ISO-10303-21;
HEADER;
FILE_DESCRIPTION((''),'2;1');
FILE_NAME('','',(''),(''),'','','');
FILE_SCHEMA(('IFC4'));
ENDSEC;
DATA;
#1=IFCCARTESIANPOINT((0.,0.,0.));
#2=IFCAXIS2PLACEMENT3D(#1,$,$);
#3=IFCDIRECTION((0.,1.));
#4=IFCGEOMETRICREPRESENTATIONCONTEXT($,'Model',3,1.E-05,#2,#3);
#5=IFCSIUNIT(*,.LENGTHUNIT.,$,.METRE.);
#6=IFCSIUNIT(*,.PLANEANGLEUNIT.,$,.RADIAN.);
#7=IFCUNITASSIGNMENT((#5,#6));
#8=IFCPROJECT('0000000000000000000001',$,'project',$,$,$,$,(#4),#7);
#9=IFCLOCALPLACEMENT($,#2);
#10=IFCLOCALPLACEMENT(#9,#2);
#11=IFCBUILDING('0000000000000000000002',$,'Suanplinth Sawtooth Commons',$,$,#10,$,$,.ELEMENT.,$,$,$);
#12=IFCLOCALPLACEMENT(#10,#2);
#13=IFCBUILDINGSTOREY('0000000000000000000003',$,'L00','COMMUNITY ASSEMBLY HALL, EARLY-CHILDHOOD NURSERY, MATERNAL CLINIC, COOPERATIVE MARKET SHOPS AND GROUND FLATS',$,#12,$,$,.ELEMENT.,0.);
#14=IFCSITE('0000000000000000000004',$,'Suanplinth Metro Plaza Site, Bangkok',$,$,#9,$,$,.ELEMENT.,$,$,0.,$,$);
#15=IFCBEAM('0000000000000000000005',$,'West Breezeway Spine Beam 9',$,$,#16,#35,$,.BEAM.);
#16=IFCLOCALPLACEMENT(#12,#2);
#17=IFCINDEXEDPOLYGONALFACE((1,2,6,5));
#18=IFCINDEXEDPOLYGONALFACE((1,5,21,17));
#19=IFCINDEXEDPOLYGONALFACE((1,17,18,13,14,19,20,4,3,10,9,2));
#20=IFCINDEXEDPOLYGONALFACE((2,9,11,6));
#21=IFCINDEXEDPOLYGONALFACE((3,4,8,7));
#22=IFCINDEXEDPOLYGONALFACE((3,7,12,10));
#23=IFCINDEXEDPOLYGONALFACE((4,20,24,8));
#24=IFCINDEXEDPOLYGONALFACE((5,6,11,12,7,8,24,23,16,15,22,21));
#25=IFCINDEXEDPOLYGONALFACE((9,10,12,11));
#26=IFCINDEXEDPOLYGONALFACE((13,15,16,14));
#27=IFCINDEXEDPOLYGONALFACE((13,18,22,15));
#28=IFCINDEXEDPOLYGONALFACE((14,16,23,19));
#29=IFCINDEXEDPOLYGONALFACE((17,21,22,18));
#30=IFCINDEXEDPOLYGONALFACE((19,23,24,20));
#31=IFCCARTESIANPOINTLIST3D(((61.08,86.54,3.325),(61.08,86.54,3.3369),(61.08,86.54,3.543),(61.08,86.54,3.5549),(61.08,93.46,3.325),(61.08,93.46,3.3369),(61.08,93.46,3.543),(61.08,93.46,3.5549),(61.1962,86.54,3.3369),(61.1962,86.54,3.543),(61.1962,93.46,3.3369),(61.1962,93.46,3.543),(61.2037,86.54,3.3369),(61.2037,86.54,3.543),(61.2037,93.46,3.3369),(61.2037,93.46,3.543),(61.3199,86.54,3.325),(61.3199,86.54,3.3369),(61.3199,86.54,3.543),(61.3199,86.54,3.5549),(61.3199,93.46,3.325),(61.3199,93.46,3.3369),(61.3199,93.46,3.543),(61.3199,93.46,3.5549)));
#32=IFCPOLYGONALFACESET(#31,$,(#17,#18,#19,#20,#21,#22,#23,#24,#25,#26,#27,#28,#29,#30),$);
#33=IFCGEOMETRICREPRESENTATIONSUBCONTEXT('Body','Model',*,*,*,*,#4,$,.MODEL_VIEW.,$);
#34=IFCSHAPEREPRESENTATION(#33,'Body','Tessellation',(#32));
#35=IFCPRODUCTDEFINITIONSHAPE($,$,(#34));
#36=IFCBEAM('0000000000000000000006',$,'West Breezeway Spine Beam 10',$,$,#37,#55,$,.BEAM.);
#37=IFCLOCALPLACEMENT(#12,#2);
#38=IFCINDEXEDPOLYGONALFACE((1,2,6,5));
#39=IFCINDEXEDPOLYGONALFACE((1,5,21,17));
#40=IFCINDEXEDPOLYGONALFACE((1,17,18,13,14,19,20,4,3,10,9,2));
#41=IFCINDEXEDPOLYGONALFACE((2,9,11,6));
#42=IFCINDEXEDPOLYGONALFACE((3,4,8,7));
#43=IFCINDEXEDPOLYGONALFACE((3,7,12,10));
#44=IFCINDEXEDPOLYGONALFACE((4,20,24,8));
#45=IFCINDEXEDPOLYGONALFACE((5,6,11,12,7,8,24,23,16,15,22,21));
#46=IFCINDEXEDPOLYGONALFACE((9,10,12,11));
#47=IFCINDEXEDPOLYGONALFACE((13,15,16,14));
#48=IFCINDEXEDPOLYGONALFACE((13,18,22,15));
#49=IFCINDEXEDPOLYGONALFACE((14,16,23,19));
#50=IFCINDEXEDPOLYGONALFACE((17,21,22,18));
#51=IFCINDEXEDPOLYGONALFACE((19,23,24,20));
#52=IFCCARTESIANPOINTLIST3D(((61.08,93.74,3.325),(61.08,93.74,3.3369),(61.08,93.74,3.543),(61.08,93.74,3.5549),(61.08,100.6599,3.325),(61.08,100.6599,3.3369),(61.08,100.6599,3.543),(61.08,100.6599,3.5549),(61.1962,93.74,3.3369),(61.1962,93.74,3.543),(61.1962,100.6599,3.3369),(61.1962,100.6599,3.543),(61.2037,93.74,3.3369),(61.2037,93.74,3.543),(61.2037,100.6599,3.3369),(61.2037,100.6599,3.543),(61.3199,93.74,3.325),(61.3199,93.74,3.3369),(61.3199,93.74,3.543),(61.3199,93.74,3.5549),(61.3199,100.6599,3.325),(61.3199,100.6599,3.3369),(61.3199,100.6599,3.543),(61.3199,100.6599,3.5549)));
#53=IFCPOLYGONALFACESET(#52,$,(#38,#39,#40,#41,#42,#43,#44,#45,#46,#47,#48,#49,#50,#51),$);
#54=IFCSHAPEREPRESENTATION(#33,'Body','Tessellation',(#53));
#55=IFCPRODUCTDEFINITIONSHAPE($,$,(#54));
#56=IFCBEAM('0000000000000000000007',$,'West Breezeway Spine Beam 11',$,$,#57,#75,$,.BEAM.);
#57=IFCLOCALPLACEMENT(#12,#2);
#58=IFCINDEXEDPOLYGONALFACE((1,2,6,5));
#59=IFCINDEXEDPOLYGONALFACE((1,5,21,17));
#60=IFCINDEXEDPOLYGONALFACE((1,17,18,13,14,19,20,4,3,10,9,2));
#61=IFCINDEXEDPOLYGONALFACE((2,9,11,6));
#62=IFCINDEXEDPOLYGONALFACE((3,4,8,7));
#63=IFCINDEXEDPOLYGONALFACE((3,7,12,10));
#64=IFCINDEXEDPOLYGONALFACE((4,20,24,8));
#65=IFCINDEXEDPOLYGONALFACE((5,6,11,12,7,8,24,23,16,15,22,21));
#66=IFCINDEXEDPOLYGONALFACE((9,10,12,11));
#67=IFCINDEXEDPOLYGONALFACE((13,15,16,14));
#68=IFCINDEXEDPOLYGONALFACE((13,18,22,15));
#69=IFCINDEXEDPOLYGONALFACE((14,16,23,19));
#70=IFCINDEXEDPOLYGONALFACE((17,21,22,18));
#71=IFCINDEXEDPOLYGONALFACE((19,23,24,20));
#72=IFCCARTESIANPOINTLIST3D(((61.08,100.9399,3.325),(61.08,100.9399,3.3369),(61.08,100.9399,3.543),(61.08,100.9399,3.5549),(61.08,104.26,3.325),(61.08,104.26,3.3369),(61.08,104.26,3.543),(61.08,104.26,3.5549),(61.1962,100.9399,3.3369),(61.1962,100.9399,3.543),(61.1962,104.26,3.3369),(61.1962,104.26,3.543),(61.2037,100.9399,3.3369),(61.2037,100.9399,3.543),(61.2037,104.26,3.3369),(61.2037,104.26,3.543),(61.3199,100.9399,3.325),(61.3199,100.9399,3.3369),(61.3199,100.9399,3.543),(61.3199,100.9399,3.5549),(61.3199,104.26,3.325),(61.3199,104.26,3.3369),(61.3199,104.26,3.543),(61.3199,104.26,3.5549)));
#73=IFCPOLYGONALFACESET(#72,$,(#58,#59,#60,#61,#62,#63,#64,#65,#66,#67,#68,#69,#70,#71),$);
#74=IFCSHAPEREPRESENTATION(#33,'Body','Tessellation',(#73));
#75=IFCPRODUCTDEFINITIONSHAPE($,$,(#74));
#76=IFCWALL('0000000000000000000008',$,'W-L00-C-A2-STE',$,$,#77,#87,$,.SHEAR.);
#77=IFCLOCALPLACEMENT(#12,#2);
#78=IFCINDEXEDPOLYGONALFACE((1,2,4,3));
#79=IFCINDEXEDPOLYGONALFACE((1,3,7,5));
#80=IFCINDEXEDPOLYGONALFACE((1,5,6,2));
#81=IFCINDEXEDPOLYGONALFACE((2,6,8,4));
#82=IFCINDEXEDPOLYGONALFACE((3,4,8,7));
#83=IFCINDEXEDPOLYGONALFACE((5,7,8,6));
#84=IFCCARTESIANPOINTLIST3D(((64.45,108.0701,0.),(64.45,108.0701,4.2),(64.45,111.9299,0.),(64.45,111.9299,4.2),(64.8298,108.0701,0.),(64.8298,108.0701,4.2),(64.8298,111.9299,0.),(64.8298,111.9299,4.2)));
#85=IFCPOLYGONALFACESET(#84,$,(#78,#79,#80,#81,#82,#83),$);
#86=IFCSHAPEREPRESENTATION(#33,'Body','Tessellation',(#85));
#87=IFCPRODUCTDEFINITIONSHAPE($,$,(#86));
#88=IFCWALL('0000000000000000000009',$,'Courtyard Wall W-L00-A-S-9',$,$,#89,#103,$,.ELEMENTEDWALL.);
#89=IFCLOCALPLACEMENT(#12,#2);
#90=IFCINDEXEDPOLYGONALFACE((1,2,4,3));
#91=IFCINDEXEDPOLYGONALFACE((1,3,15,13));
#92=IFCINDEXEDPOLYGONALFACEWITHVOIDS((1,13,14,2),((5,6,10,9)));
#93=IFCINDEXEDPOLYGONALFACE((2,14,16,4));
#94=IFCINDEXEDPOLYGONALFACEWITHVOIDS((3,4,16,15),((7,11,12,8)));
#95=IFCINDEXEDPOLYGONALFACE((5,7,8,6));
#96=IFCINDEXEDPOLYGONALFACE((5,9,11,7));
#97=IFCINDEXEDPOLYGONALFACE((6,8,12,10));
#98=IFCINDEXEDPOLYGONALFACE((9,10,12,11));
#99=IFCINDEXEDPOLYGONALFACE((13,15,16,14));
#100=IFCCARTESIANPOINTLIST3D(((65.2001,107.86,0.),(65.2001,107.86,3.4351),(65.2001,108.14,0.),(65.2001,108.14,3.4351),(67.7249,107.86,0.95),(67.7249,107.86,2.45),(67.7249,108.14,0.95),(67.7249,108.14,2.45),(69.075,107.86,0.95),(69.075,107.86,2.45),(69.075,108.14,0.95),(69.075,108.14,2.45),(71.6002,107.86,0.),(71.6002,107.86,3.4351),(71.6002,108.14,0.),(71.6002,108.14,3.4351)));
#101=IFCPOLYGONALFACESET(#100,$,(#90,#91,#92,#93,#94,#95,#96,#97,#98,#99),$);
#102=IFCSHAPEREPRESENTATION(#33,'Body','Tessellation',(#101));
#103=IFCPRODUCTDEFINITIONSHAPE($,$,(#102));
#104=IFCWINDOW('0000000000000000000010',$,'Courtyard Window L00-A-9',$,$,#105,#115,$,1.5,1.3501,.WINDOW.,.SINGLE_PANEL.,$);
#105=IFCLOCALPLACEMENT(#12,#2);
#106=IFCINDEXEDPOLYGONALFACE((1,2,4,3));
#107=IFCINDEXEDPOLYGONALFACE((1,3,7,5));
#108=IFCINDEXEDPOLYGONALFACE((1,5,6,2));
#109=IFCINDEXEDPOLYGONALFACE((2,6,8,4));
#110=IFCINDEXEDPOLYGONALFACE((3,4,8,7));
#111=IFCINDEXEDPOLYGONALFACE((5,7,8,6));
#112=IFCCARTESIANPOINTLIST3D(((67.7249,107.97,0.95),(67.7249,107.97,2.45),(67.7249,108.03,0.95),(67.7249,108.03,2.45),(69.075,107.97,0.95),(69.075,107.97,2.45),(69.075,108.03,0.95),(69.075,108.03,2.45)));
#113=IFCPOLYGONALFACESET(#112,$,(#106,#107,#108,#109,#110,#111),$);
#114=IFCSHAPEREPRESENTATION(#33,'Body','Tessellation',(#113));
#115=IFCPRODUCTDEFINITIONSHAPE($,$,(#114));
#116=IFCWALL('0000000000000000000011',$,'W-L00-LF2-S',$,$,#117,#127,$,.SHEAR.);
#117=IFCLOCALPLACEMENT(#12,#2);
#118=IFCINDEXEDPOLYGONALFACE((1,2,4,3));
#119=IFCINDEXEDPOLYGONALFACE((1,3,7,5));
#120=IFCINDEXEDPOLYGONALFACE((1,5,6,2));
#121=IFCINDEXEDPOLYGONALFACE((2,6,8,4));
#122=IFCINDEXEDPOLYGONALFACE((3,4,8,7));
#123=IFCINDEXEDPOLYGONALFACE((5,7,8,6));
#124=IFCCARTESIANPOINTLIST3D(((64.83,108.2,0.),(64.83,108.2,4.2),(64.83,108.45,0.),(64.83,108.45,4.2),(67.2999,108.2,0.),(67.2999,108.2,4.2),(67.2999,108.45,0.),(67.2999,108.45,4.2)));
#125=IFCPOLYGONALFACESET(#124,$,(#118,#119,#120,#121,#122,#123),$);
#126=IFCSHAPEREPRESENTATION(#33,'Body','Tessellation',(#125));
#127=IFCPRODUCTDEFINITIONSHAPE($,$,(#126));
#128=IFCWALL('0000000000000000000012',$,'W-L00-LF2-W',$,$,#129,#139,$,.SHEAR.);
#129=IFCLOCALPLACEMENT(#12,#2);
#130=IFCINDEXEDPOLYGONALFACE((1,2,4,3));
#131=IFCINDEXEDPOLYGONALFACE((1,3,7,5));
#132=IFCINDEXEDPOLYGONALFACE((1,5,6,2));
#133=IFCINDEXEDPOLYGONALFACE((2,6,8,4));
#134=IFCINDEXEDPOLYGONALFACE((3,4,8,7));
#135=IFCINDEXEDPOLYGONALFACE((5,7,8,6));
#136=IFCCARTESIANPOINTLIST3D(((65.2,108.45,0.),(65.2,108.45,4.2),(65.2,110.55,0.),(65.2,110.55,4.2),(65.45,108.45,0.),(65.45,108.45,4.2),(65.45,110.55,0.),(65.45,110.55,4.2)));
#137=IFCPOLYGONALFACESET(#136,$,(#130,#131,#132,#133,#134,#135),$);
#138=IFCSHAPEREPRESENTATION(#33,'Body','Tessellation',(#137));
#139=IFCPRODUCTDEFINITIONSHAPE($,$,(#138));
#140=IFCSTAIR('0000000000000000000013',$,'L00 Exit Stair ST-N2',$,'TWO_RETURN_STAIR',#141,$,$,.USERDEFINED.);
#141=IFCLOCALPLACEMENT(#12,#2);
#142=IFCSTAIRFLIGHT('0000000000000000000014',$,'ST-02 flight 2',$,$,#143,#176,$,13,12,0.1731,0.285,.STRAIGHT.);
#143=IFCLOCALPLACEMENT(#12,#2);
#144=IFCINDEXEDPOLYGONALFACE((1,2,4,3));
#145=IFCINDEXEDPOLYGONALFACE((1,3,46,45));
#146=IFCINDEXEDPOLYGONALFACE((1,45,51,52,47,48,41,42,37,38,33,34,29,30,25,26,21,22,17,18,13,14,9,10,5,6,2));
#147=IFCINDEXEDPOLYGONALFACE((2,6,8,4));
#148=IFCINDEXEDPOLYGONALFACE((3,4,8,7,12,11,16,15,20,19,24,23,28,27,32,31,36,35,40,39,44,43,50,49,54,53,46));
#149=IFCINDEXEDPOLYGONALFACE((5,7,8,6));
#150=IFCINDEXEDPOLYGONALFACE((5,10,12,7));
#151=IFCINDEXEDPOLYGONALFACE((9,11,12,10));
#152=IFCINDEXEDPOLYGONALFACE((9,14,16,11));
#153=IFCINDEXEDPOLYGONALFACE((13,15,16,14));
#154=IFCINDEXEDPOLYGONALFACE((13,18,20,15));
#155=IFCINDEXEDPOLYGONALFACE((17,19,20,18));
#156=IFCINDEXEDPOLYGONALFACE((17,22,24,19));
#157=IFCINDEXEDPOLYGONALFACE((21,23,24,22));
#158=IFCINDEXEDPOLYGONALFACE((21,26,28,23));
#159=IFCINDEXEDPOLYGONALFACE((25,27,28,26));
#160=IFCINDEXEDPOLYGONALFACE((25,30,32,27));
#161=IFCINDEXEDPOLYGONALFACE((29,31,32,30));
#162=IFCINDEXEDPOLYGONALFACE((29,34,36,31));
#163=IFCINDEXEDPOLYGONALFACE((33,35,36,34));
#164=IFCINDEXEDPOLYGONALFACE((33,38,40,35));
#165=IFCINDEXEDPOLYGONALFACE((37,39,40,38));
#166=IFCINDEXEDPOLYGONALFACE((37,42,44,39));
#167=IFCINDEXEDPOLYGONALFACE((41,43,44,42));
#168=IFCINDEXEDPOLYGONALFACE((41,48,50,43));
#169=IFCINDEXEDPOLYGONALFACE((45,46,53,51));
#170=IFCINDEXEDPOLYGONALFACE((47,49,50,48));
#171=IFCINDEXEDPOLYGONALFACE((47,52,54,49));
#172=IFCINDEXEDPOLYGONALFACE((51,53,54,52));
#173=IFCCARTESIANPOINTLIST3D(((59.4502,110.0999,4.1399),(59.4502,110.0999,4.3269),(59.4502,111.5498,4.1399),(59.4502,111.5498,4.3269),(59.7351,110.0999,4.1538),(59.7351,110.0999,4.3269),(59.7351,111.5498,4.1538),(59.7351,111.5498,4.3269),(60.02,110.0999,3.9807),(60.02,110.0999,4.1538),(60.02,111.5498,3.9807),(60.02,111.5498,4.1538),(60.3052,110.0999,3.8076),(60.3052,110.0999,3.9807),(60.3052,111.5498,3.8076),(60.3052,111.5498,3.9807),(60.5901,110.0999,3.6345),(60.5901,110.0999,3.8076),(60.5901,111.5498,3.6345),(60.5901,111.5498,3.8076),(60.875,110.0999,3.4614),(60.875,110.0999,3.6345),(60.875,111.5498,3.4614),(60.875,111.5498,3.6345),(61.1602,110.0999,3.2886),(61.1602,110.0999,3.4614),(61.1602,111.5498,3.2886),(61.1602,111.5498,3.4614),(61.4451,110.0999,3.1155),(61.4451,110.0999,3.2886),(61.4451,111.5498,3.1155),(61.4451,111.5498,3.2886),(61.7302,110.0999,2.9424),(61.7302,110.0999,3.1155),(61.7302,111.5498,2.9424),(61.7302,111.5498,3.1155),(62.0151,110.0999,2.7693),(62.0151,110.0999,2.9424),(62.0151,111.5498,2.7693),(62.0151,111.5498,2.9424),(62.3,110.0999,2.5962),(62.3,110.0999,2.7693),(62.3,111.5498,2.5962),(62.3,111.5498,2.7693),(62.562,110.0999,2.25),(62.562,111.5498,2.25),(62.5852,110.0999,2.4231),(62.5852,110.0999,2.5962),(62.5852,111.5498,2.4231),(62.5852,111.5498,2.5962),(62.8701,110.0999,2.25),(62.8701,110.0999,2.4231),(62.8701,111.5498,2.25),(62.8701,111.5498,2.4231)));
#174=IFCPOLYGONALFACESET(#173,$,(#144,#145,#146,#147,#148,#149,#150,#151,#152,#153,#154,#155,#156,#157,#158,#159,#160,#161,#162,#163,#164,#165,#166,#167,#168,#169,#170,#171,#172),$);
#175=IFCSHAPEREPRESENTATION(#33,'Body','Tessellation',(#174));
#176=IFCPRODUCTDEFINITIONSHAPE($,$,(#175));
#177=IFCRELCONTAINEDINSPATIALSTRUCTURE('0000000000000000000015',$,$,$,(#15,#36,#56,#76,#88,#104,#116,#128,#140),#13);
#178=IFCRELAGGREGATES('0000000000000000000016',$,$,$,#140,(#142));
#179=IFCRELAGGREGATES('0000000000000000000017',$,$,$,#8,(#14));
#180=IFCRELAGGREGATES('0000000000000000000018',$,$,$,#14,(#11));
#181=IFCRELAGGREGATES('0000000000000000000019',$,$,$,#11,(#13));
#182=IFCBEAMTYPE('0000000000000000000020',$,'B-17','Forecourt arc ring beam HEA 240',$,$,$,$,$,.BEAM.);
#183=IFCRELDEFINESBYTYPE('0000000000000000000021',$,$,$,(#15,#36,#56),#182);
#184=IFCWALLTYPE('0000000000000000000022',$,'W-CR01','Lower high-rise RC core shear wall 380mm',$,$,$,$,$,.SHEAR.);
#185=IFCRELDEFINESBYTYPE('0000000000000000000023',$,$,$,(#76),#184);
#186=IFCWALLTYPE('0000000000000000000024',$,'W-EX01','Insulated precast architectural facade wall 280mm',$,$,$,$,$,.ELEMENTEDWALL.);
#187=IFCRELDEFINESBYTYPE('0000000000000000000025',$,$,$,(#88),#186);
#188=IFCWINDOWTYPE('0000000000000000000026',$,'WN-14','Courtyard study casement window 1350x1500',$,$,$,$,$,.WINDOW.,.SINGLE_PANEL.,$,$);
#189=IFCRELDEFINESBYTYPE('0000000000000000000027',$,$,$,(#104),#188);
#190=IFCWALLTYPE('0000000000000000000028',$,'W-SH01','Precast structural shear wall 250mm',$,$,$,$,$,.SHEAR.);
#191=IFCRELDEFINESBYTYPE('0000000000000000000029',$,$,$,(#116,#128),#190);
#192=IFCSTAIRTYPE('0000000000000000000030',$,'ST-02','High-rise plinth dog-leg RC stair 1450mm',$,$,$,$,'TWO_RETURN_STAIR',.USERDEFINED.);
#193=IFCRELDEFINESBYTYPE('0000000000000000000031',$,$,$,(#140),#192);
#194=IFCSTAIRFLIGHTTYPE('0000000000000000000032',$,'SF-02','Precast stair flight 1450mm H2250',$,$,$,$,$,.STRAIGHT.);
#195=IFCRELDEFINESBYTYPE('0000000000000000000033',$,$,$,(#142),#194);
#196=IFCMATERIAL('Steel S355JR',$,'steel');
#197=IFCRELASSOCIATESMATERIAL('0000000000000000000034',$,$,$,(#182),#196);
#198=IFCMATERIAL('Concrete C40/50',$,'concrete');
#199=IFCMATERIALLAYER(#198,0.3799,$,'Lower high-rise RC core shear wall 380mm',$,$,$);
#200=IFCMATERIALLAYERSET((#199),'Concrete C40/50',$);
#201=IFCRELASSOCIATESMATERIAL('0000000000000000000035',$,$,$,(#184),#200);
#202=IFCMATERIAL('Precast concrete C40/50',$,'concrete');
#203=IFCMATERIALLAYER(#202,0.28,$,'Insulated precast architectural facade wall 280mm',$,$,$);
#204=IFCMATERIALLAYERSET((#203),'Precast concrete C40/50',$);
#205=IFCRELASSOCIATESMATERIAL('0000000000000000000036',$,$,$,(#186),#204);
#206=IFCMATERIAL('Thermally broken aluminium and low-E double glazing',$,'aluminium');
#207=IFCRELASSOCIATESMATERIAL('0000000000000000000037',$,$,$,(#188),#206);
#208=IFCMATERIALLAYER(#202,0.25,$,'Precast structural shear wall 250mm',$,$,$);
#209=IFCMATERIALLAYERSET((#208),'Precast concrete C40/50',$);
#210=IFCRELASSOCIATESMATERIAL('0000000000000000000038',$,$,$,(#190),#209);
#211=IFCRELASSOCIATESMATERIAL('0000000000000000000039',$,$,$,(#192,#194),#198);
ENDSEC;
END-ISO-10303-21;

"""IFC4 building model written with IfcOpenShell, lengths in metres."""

from ifc_helpers import new_model, si_unit, direction, frame, frame_2d, origin, origin_2d, place, context, subcontext, project, spatial, polyline, rectangle, i_section, outline, extrude, material, layer, layer_set, material_profile, profile_set, type_object, element, fill, aggregate, save


model = new_model("IFC4")

# Units and contexts
model_context = context("Model", 3, precision=1e-05, world=origin(), true_north=direction((0.0, 1.0)))
body_context = subcontext(model_context, "Body", "Model", "MODEL_VIEW")
ifc_project = project(units=[si_unit("LENGTHUNIT", "METRE"), si_unit("PLANEANGLEUNIT", "RADIAN")], contexts=[model_context])

# Site, building, storey
site_placement = place(None, origin())
site = spatial("IfcSite", under=ifc_project, at=site_placement, Name="Suanplinth Metro Plaza Site, Bangkok", CompositionType="ELEMENT", RefElevation=0.0)
building_placement = place(site_placement, origin())
building = spatial("IfcBuilding", under=site, at=building_placement, Name="Suanplinth Sawtooth Commons", CompositionType="ELEMENT")
storey_placement = place(building_placement, origin())
storey = spatial("IfcBuildingStorey", under=building, at=storey_placement, Name="L00", Description="COMMUNITY ASSEMBLY HALL, EARLY-CHILDHOOD NURSERY, MATERNAL CLINIC, COOPERATIVE MARKET SHOPS AND GROUND FLATS", CompositionType="ELEMENT", Elevation=0.0)

# Shared definitions
ifc_material_1 = material(Name="Concrete C40/50", Category="concrete")
ifc_material_2 = material(Name="Steel S355JR", Category="steel")

# Beams
ifc_material_profile_1 = material_profile(ifc_material_2, i_section(OverallWidth=0.24, OverallDepth=0.23, WebThickness=0.0076, FlangeThickness=0.012, at=origin_2d()), Name="HEA 240")
ifc_profile_set_1 = profile_set([ifc_material_profile_1], Name="Steel S355JR")
beam_type_1 = type_object("IfcBeamType", Name="B-17", Description="Forecourt arc ring beam HEA 240", PredefinedType="BEAM", material=ifc_profile_set_1)
for number, where, z_axis, x_axis, name in (
    (1, (61.2, 86.54, 3.4399), (0.0, 1.0, 0.0), (-1.0, 0.0, 0.0), "West Breezeway Spine Beam 9"),
    (2, (61.2, 93.74, 3.4399), (0.0, 1.0, 0.0), (-1.0, 0.0, 0.0), "West Breezeway Spine Beam 10"),
):
    element("IfcBeam", number, at=place(storey_placement, frame(where, z_axis=z_axis, x_axis=x_axis)), inside=storey, type_object=beam_type_1, Name=name, PredefinedType="BEAM", context=body_context, shape_type="SweptSolid", body=[
        extrude(i_section(OverallWidth=0.24, OverallDepth=0.23, WebThickness=0.0076, FlangeThickness=0.012, at=origin_2d()), origin(), (0.0, 0.0, 1.0), 6.9199),
    ])
beam_placement = place(storey_placement, frame((61.2, 100.9399, 3.4399), z_axis=(0.0, 1.0, 0.0), x_axis=(-1.0, 0.0, 0.0)))
element("IfcBeam", 3, at=beam_placement, inside=storey, type_object=beam_type_1, Name="West Breezeway Spine Beam 11", PredefinedType="BEAM", context=body_context, shape_type="SweptSolid", body=[
    extrude(i_section(OverallWidth=0.24, OverallDepth=0.23, WebThickness=0.0076, FlangeThickness=0.012, at=origin_2d()), origin(), (0.0, 0.0, 1.0), 3.3201),
])

# Wall
ifc_layer_1 = layer(ifc_material_1, 0.3799, Name="Lower high-rise RC core shear wall 380mm")
ifc_layer_set_1 = layer_set([ifc_layer_1], Name="Concrete C40/50")
wall_type_1 = type_object("IfcWallType", Name="W-CR01", Description="Lower high-rise RC core shear wall 380mm", PredefinedType="SHEAR", material=ifc_layer_set_1)
wall_1_placement = place(storey_placement, frame((64.6399, 108.0701, 0.0), z_axis=(0.0, 0.0, 1.0), x_axis=(0.0, 1.0, 0.0)))
element("IfcWall", 4, at=wall_1_placement, inside=storey, type_object=wall_type_1, Name="W-L00-C-A2-STE", PredefinedType="SHEAR", context=body_context, shape_type="SweptSolid", body=[
    extrude(rectangle(XDim=3.8599, YDim=0.3799, at=frame_2d((1.9299, 0.0))), origin(), (0.0, 0.0, 1.0), 4.2),
])

# Wall, opening, window
ifc_material_3 = material(Name="Precast concrete C40/50", Category="concrete")
ifc_layer_2 = layer(ifc_material_3, 0.28, Name="Insulated precast architectural facade wall 280mm")
ifc_layer_set_2 = layer_set([ifc_layer_2], Name="Precast concrete C40/50")
wall_type_2 = type_object("IfcWallType", Name="W-EX01", Description="Insulated precast architectural facade wall 280mm", PredefinedType="ELEMENTEDWALL", material=ifc_layer_set_2)
wall_2_placement = place(storey_placement, frame((65.2, 108.0, 0.0), z_axis=(0.0, 0.0, 1.0), x_axis=(1.0, 0.0, 0.0)))
wall_2 = element("IfcWall", 5, at=wall_2_placement, inside=storey, type_object=wall_type_2, Name="Courtyard Wall W-L00-A-S-9", PredefinedType="ELEMENTEDWALL", context=body_context, shape_type="SweptSolid", body=[
    extrude(rectangle(XDim=6.4001, YDim=0.28, at=frame_2d((3.2002, 0.0))), origin(), (0.0, 0.0, 1.0), 3.4351),
])
opening_1_placement = place(wall_2_placement, frame((2.5249, 0.0, 0.95)))
opening_1 = element("IfcOpeningElement", 6, at=opening_1_placement, cuts=wall_2, PredefinedType="OPENING", context=body_context, shape_type="SweptSolid", body=[
    extrude(rectangle(XDim=1.3501, YDim=1.5, at=frame_2d((0.675, 0.75))), frame((0.0, 0.1548, 0.0), z_axis=(0.0, -1.0, 0.0), x_axis=(1.0, 0.0, 0.0)), (0.0, 0.0, 1.0), 0.3098),
])
ifc_material_4 = material(Name="Thermally broken aluminium and low-E double glazing", Category="aluminium")
window_type = type_object("IfcWindowType", Name="WN-14", Description="Courtyard study casement window 1350x1500", PartitioningType="SINGLE_PANEL", PredefinedType="WINDOW", material=ifc_material_4)
window_placement = place(opening_1_placement, origin())
window = element("IfcWindow", 7, at=window_placement, inside=storey, type_object=window_type, Name="Courtyard Window L00-A-9", OverallHeight=1.5, OverallWidth=1.3501, PartitioningType="SINGLE_PANEL", PredefinedType="WINDOW", context=body_context, shape_type="SweptSolid", body=[
    extrude(rectangle(XDim=1.3501, YDim=1.5, at=frame_2d((0.675, 0.75))), frame((0.0, 0.03, 0.0), z_axis=(0.0, -1.0, 0.0), x_axis=(1.0, 0.0, 0.0)), (0.0, 0.0, 1.0), 0.0601),
])
fill(opening_1, window)

# Wall
ifc_layer_3 = layer(ifc_material_3, 0.25, Name="Precast structural shear wall 250mm")
ifc_layer_set_3 = layer_set([ifc_layer_3], Name="Precast concrete C40/50")
wall_type_3 = type_object("IfcWallType", Name="W-SH01", Description="Precast structural shear wall 250mm", PredefinedType="SHEAR", material=ifc_layer_set_3)
wall_3_placement = place(storey_placement, frame((64.8301, 108.325, 0.0), z_axis=(0.0, 0.0, 1.0), x_axis=(1.0, 0.0, 0.0)))
element("IfcWall", 8, at=wall_3_placement, inside=storey, type_object=wall_type_3, Name="W-L00-LF2-S", PredefinedType="SHEAR", context=body_context, shape_type="SweptSolid", body=[
    extrude(rectangle(XDim=2.47, YDim=0.25, at=frame_2d((1.2349, 0.0))), origin(), (0.0, 0.0, 1.0), 4.2),
])

# Wall
wall_4_placement = place(storey_placement, frame((65.325, 108.45, 0.0), z_axis=(0.0, 0.0, 1.0), x_axis=(0.0, 1.0, 0.0)))
element("IfcWall", 9, at=wall_4_placement, inside=storey, type_object=wall_type_3, Name="W-L00-LF2-W", PredefinedType="SHEAR", context=body_context, shape_type="SweptSolid", body=[
    extrude(rectangle(XDim=2.1001, YDim=0.25, at=frame_2d((1.05, 0.0))), origin(), (0.0, 0.0, 1.0), 4.2),
])

# Stair, stair flight
stair_type = type_object("IfcStairType", Name="ST-02", Description="High-rise plinth dog-leg RC stair 1450mm", ElementType="TWO_RETURN_STAIR", PredefinedType="USERDEFINED", material=ifc_material_1)
stair_placement = place(storey_placement, origin())
stair = element("IfcStair", 10, at=stair_placement, inside=storey, type_object=stair_type, Name="L00 Exit Stair ST-N2", ObjectType="TWO_RETURN_STAIR", PredefinedType="USERDEFINED")
stair_flight_type = type_object("IfcStairFlightType", Name="SF-02", Description="Precast stair flight 1450mm H2250", PredefinedType="STRAIGHT", material=ifc_material_1)
stair_flight_placement = place(storey_placement, frame((62.8701, 110.825, 2.25), z_axis=(0.0, 0.0, 1.0), x_axis=(-1.0, 0.0, 0.0)))
stair_flight = element("IfcStairFlight", 11, at=stair_flight_placement, type_object=stair_flight_type, Name="ST-02 flight 2", NumberOfRisers=13, NumberOfTreads=12, PredefinedType="STRAIGHT", RiserHeight=0.1731, TreadLength=0.285, context=body_context, shape_type="SweptSolid", body=[
    extrude(outline(polyline([(0.0, 0.0), (0.0, 0.1731), (0.2849, 0.1731), (0.2849, 0.3462), (0.5701, 0.3462), (0.5701, 0.5193), (0.855, 0.5193), (0.855, 0.6924), (1.1399, 0.6924), (1.1399, 0.8655), (1.425, 0.8655), (1.425, 1.0386), (1.71, 1.0386), (1.71, 1.2114), (1.9951, 1.2114), (1.9951, 1.3845), (2.28, 1.3845), (2.28, 1.5576), (2.5649, 1.5576), (2.5649, 1.7307), (2.8501, 1.7307), (2.8501, 1.9038), (3.135, 1.9038), (3.135, 2.0769), (3.4199, 2.0769), (3.4199, 2.25), (3.4199, 1.8899), (0.3081, 0.0), (0.0, 0.0)])), frame((0.0, 0.7251, 0.0), z_axis=(0.0, -1.0, 0.0), x_axis=(1.0, 0.0, 0.0)), (0.0, 0.0, 1.0), 1.45),
])
aggregate(stair, [stair_flight])

save(model, "model.ifc")
